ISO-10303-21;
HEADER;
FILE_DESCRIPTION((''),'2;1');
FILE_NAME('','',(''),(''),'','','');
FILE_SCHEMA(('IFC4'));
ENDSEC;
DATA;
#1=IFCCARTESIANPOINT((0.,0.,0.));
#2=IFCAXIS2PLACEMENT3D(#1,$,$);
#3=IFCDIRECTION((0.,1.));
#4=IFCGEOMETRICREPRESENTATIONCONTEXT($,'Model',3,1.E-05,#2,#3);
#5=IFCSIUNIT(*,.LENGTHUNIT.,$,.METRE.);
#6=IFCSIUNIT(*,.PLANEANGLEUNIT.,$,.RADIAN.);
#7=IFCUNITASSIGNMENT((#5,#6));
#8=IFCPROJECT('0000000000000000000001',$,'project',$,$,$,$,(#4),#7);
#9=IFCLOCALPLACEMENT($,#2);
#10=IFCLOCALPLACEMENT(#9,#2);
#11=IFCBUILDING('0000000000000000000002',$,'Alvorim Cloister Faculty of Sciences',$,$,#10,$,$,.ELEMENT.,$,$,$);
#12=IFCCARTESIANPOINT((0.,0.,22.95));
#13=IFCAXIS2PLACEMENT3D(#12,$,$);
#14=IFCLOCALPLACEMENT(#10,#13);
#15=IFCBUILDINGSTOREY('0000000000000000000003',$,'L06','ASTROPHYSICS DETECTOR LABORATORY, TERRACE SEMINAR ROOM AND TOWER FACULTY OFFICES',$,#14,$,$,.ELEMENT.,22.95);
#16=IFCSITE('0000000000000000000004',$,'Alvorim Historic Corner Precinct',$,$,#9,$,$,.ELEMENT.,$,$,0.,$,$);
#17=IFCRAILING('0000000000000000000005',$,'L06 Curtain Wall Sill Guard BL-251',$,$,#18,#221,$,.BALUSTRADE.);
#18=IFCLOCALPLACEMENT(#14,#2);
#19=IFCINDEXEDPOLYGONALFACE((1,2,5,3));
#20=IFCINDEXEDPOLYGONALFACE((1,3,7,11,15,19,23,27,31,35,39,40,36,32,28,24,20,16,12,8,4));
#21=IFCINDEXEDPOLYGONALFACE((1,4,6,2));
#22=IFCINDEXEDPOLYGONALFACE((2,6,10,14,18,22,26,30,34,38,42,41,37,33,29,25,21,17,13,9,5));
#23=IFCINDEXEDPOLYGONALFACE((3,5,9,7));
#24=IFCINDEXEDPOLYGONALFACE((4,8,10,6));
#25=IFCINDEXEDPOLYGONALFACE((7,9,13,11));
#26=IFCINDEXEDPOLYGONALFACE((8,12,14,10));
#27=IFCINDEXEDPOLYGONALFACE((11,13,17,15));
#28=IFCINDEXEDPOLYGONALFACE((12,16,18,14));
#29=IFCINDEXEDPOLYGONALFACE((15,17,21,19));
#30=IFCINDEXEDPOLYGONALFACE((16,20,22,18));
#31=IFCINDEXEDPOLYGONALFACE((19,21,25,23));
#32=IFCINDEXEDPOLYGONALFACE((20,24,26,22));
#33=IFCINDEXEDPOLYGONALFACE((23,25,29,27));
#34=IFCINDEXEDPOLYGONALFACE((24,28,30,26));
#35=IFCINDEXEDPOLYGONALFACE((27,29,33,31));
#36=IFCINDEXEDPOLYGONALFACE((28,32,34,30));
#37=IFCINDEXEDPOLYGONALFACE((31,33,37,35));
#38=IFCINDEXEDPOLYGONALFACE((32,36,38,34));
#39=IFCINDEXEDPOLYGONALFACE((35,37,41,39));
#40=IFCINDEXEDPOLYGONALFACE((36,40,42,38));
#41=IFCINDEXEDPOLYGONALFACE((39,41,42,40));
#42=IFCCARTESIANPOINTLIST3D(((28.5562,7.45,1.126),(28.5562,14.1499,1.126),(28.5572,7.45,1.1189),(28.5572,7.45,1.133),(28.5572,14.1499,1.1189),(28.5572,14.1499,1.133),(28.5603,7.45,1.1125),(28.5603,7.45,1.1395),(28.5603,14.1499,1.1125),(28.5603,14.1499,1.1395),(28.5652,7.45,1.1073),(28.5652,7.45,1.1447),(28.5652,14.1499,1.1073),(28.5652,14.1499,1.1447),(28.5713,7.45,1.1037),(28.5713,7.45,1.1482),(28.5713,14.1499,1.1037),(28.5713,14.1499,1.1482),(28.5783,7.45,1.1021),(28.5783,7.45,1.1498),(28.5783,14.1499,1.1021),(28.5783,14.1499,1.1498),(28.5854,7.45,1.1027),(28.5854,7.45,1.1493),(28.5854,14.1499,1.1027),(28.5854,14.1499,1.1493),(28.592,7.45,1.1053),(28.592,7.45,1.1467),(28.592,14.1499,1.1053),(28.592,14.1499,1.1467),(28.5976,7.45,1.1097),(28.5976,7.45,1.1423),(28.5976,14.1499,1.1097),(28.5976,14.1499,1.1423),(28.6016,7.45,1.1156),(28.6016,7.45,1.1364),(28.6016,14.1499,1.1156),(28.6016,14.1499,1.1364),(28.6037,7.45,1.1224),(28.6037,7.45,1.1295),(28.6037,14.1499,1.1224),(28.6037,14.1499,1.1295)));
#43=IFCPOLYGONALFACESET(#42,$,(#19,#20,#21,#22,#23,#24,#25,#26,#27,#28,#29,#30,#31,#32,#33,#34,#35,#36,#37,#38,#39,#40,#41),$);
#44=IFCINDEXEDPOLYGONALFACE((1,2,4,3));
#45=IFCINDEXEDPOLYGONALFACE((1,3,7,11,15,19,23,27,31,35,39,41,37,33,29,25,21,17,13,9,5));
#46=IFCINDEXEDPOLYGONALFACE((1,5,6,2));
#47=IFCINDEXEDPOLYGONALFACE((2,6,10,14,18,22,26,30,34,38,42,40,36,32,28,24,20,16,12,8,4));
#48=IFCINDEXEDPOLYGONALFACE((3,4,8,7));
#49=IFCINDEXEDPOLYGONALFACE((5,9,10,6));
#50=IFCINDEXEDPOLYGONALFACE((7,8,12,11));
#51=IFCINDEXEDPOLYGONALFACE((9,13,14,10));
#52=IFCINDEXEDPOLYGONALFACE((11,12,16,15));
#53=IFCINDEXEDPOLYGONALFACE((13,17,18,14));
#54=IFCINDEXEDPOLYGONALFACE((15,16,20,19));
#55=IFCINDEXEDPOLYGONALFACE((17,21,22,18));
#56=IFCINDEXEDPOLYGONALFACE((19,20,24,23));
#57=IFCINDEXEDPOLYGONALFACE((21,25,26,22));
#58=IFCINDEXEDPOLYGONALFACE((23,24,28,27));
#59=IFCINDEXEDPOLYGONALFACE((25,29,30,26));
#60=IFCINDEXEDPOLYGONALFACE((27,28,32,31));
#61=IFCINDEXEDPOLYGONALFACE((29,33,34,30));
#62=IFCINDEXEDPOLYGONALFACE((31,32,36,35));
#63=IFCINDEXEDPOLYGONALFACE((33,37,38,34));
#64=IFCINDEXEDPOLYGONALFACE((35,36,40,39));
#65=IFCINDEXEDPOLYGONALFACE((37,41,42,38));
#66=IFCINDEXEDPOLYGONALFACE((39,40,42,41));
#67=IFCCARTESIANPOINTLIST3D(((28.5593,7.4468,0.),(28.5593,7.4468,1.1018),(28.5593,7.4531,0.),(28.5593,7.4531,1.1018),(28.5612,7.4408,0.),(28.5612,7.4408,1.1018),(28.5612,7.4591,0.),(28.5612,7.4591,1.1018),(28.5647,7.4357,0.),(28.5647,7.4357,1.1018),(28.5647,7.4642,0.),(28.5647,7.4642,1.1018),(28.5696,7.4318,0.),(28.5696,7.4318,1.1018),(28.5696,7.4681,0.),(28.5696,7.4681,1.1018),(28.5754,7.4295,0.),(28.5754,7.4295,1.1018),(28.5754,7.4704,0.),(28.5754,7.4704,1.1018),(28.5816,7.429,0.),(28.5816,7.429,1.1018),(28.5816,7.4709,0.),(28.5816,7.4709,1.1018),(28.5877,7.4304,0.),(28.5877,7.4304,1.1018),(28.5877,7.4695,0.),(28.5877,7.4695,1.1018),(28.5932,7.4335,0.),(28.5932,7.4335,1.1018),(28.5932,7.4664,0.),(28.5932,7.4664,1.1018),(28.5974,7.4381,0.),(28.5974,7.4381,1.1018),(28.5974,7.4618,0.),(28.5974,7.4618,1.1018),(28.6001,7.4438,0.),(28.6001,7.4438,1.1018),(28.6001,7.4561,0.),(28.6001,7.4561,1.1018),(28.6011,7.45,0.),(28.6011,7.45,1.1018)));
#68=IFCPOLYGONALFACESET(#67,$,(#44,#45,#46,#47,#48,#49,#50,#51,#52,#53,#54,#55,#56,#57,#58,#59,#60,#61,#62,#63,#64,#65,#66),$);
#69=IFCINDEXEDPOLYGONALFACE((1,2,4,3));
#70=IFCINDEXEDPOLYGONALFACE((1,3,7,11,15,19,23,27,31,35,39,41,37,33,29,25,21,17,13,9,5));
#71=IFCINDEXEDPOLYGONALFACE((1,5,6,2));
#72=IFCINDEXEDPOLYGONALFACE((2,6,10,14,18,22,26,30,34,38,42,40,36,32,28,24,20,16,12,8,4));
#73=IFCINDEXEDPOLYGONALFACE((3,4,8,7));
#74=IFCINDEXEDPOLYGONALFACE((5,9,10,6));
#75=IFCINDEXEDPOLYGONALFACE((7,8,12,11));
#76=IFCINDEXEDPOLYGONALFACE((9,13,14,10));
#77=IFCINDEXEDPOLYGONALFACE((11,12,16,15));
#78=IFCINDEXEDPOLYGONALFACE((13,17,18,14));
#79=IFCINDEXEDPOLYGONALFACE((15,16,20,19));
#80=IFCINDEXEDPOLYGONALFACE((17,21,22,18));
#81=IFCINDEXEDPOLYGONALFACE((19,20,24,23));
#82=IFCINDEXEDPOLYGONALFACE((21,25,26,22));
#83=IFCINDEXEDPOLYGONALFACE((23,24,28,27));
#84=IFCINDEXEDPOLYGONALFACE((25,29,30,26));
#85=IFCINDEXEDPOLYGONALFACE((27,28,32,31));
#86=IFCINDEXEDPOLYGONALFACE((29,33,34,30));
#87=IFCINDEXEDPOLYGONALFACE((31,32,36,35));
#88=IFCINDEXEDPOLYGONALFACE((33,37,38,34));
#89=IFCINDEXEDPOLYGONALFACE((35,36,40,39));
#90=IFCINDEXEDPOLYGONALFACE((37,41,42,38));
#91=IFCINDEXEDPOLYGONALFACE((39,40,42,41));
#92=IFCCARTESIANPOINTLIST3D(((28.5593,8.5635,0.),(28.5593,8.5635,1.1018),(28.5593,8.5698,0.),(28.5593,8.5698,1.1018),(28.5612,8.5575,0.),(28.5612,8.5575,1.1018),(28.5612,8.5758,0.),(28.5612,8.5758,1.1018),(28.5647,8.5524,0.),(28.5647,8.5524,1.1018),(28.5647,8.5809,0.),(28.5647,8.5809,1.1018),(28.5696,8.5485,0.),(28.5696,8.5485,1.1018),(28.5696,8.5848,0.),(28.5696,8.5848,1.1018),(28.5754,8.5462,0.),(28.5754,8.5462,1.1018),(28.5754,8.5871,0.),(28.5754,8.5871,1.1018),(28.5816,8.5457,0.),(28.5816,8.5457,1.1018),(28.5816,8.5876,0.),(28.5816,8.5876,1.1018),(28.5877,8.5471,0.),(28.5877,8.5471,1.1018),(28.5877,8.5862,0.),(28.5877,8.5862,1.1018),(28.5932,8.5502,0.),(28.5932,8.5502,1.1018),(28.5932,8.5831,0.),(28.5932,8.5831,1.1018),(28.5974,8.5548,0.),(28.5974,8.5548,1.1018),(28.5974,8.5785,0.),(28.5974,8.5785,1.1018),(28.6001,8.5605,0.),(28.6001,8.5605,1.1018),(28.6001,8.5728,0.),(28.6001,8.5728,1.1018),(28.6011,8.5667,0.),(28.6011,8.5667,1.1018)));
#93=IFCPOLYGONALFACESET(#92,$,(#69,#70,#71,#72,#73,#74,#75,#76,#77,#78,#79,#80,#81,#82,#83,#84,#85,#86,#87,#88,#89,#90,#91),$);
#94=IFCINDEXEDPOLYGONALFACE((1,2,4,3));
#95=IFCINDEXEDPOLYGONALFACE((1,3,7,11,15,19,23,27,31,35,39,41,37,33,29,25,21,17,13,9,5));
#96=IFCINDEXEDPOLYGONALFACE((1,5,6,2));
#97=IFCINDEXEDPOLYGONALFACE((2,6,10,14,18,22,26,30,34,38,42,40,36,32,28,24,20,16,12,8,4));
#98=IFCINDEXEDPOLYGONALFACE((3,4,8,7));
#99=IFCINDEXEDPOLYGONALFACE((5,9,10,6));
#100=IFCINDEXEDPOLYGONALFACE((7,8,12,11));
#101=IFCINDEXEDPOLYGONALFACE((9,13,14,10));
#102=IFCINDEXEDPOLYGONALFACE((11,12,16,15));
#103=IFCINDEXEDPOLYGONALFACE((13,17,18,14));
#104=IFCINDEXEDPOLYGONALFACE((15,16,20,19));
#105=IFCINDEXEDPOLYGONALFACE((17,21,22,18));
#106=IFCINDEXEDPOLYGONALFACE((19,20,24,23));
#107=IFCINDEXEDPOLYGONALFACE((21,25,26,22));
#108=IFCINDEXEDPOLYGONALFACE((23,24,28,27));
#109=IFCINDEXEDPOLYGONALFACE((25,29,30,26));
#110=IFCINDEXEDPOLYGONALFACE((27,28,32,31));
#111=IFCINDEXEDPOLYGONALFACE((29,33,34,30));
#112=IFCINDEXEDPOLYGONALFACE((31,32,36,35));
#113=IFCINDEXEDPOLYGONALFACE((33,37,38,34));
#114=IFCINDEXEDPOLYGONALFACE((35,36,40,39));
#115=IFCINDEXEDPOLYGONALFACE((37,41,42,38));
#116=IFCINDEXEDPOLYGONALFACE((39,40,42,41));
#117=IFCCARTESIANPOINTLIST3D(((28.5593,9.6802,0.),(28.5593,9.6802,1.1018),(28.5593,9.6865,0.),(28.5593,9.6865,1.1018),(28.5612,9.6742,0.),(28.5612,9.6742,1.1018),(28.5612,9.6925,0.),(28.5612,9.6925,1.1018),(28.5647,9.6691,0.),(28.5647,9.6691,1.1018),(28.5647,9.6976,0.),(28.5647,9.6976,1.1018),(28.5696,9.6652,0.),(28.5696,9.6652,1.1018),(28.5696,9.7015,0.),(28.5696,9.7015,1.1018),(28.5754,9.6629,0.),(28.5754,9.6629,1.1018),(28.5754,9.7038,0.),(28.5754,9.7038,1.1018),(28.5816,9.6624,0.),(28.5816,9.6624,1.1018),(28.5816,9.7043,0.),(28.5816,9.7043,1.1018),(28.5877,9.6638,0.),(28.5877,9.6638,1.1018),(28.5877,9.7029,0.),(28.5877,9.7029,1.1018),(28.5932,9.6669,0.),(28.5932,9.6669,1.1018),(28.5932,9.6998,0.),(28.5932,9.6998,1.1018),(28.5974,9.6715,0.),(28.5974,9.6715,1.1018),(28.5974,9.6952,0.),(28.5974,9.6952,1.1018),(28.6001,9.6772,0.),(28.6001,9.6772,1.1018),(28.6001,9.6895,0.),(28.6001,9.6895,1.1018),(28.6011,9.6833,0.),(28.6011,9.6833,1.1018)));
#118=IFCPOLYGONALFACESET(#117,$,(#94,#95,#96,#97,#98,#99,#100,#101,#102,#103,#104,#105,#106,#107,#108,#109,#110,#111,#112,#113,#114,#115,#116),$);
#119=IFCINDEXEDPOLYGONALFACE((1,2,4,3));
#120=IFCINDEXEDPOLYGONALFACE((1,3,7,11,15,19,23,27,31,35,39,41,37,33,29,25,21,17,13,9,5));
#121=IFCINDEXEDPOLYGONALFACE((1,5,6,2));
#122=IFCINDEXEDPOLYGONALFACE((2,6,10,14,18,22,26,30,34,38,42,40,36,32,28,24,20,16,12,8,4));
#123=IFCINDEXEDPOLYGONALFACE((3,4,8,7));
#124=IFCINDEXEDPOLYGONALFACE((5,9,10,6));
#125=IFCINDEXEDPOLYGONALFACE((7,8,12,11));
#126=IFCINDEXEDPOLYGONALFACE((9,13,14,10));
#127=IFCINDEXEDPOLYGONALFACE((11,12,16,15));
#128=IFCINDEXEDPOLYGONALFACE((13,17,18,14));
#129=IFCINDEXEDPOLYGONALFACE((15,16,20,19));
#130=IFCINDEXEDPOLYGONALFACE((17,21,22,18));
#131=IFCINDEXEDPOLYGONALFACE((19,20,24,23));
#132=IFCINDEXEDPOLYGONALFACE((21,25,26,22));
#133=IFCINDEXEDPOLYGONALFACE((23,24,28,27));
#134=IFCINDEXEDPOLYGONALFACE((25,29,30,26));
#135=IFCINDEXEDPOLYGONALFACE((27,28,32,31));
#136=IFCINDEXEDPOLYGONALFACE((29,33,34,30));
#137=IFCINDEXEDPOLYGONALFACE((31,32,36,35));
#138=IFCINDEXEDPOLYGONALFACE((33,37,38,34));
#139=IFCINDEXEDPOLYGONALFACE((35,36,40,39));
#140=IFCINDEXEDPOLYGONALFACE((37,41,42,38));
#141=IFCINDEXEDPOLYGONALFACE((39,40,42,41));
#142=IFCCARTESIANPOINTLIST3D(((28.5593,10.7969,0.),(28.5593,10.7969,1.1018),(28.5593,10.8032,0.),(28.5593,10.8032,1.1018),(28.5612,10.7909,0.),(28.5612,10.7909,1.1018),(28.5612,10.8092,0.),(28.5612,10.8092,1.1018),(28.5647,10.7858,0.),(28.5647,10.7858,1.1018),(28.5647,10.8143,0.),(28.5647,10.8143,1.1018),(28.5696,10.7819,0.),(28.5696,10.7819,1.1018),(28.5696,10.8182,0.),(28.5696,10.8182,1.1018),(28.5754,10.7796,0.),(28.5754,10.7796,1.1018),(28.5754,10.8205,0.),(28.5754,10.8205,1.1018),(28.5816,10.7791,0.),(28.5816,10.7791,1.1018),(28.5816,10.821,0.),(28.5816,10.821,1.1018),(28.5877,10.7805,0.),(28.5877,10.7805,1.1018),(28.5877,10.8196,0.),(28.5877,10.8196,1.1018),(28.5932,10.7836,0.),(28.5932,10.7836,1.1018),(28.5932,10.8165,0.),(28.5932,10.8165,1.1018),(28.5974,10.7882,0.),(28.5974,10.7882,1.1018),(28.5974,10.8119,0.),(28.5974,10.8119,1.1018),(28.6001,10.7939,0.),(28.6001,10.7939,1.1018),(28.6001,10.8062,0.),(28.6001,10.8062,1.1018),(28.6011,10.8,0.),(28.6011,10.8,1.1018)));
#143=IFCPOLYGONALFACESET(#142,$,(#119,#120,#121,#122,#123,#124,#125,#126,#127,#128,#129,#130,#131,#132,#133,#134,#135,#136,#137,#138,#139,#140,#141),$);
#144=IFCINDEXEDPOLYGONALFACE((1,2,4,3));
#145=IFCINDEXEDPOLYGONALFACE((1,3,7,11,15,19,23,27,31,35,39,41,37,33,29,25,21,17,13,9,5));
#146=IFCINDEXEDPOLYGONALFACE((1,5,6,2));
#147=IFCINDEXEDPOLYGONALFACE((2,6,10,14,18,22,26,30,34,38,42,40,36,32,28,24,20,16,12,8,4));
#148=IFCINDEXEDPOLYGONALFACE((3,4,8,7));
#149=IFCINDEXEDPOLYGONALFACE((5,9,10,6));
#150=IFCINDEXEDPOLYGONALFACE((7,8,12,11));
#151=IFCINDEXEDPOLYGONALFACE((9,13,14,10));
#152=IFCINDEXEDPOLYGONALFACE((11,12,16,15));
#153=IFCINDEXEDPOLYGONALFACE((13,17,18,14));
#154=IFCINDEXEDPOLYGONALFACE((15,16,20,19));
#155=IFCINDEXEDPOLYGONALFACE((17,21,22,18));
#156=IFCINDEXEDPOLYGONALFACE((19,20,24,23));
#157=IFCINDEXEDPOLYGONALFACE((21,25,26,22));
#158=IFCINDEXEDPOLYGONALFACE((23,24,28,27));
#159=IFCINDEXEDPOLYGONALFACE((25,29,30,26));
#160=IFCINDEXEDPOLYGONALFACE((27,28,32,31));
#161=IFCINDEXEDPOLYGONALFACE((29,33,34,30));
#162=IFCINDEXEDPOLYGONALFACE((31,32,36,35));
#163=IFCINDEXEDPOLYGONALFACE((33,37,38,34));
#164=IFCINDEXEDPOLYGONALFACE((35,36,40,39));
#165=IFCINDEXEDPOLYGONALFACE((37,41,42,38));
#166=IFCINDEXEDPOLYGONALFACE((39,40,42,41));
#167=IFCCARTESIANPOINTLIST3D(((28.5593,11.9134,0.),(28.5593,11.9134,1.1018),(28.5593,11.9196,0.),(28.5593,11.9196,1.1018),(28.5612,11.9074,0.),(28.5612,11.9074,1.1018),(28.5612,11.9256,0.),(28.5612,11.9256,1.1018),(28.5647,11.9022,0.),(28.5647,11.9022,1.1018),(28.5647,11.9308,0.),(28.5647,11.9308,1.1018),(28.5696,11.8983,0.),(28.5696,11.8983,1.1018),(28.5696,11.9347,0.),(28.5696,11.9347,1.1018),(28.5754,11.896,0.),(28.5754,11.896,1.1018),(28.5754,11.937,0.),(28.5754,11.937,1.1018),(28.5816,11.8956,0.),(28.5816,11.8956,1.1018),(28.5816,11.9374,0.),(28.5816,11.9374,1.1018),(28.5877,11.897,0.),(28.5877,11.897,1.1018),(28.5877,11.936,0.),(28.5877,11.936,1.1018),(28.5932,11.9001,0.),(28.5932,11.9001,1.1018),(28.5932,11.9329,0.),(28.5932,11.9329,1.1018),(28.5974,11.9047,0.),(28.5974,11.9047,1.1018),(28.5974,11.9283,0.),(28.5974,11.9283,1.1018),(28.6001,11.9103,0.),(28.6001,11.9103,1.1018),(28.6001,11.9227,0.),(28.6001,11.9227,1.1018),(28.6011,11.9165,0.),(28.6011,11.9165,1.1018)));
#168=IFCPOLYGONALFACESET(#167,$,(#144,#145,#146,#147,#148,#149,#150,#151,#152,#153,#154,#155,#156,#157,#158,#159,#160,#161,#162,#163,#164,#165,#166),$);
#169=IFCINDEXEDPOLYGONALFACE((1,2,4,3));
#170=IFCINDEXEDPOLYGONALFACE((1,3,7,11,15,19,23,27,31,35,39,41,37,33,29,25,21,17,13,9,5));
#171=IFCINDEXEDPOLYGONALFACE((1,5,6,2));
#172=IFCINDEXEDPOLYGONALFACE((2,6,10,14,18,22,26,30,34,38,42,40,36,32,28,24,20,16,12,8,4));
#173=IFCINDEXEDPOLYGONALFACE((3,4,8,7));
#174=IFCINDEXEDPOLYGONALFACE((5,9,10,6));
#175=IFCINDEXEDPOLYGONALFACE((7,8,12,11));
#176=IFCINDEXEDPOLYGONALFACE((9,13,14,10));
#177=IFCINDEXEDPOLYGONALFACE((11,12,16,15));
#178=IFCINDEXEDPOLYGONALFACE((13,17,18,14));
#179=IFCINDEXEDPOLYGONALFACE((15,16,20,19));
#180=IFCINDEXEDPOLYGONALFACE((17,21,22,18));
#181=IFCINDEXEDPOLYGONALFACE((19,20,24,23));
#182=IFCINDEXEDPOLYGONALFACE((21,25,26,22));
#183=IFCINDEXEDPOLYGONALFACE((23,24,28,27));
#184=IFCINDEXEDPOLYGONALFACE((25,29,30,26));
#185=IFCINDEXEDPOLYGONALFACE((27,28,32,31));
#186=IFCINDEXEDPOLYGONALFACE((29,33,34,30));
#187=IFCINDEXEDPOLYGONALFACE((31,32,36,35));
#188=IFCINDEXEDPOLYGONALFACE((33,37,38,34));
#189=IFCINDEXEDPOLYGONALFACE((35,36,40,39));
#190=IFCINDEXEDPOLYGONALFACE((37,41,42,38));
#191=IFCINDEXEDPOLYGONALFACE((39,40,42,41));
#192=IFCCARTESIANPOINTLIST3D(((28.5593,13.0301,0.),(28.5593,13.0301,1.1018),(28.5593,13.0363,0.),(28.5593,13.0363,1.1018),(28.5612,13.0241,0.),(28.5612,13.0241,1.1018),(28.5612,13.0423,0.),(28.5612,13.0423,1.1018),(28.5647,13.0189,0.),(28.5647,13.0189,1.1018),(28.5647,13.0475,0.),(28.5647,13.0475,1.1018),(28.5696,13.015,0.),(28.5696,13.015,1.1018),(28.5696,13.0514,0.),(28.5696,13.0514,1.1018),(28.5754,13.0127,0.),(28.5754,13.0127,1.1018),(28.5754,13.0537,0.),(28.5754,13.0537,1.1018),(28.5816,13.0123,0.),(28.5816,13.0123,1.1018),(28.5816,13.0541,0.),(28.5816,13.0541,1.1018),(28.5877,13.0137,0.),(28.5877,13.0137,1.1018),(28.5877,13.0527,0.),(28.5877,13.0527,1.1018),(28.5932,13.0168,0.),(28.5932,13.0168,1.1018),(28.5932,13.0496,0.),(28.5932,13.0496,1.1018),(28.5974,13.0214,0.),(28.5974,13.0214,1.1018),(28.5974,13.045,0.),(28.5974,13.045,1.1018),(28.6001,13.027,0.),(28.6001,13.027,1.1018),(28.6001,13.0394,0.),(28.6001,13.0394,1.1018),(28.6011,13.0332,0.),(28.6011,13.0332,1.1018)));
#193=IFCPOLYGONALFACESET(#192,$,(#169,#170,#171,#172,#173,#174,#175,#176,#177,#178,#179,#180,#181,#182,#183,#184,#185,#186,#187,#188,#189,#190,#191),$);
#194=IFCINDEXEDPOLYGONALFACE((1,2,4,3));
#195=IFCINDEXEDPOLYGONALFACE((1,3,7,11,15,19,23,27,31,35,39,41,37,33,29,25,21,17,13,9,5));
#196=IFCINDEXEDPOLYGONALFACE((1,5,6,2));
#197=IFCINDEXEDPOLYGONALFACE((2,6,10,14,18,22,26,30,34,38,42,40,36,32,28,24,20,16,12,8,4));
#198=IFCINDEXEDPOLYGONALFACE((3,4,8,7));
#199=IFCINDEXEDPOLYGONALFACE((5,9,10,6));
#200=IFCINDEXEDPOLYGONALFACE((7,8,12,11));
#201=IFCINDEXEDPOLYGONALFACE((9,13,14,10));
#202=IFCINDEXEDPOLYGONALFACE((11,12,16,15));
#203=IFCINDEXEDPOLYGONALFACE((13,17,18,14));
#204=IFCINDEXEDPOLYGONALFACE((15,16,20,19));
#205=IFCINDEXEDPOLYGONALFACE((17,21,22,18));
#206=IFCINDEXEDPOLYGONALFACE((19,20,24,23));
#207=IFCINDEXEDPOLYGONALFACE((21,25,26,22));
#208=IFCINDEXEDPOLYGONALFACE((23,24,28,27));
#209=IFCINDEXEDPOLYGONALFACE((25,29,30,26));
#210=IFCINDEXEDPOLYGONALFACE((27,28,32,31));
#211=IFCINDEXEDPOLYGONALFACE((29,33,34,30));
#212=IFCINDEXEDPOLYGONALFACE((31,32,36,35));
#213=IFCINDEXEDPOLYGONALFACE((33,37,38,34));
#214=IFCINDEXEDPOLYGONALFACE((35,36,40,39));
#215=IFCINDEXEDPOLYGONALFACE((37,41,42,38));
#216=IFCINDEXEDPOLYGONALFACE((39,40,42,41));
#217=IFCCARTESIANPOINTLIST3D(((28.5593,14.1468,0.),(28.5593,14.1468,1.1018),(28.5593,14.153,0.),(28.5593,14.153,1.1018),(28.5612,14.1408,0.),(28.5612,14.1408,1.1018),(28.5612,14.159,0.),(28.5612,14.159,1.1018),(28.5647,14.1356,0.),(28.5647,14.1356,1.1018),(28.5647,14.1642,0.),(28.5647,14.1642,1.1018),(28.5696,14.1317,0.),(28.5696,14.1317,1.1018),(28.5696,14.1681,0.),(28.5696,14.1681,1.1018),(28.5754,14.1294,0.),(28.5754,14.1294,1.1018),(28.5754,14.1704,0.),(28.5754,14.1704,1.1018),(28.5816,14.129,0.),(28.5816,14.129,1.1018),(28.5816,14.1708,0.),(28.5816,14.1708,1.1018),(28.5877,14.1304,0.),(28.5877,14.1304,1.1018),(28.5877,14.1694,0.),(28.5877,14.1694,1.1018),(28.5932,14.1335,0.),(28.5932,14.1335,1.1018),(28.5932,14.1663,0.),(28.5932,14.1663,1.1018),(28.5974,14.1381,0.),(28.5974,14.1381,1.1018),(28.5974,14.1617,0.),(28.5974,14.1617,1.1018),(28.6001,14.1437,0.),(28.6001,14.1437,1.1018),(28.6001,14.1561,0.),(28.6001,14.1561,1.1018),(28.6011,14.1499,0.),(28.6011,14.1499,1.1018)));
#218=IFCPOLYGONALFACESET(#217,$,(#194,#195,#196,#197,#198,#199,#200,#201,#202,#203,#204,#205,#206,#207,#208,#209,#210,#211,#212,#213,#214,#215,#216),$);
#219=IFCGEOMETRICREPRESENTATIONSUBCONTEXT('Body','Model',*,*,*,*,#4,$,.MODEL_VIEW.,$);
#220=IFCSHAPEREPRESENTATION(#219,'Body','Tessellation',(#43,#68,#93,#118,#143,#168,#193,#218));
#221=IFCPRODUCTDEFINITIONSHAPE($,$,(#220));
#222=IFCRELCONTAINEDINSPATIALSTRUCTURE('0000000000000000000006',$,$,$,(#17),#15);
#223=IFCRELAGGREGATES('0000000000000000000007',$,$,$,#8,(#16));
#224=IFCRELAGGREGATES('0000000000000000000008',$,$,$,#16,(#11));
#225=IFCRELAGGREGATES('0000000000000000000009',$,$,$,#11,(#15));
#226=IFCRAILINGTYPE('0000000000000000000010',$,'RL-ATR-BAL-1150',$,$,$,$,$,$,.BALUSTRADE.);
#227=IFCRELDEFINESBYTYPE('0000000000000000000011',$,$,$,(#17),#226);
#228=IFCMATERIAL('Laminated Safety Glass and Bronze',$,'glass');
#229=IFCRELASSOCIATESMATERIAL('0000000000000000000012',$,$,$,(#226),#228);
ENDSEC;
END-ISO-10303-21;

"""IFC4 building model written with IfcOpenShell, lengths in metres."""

from ifc_helpers import new_model, si_unit, direction, frame, origin, origin_2d, place, context, subcontext, project, spatial, circle, extrude, material, type_object, element, save


model = new_model("IFC4")

# Units and contexts
model_context = context("Model", 3, precision=1e-05, world=origin(), true_north=direction((0.0, 1.0)))
body_context = subcontext(model_context, "Body", "Model", "MODEL_VIEW")
ifc_project = project(units=[si_unit("LENGTHUNIT", "METRE"), si_unit("PLANEANGLEUNIT", "RADIAN")], contexts=[model_context])

# Site, building, storey
site_placement = place(None, origin())
site = spatial("IfcSite", under=ifc_project, at=site_placement, Name="Alvorim Historic Corner Precinct", CompositionType="ELEMENT", RefElevation=0.0)
building_placement = place(site_placement, origin())
building = spatial("IfcBuilding", under=site, at=building_placement, Name="Alvorim Cloister Faculty of Sciences", CompositionType="ELEMENT")
storey_placement = place(building_placement, frame((0.0, 0.0, 22.95)))
storey = spatial("IfcBuildingStorey", under=building, at=storey_placement, Name="L06", Description="ASTROPHYSICS DETECTOR LABORATORY, TERRACE SEMINAR ROOM AND TOWER FACULTY OFFICES", CompositionType="ELEMENT", Elevation=22.95)

# Railing
ifc_material_1 = material(Name="Laminated Safety Glass and Bronze", Category="glass")
railing_type = type_object("IfcRailingType", Name="RL-ATR-BAL-1150", PredefinedType="BALUSTRADE", material=ifc_material_1)
railing_placement = place(storey_placement, frame((28.5801, 7.45, 0.0)))
element("IfcRailing", 1, at=railing_placement, inside=storey, type_object=railing_type, Name="L06 Curtain Wall Sill Guard BL-251", PredefinedType="BALUSTRADE", context=body_context, shape_type="SweptSolid", body=[
    extrude(circle(Radius=0.0239, at=origin_2d()), frame((0.0, 0.0, 1.126), z_axis=(0.0, 1.0, 0.0), x_axis=(-1.0, 0.0, 0.0)), (0.0, 0.0, 1.0), 6.7),
    extrude(circle(Radius=0.021, at=origin_2d()), origin(), (0.0, 0.0, 1.0), 1.1018),
    extrude(circle(Radius=0.021, at=origin_2d()), frame((0.0, 1.1167, 0.0)), (0.0, 0.0, 1.0), 1.1018),
    extrude(circle(Radius=0.021, at=origin_2d()), frame((0.0, 2.2334, 0.0)), (0.0, 0.0, 1.0), 1.1018),
    extrude(circle(Radius=0.021, at=origin_2d()), frame((0.0, 3.3501, 0.0)), (0.0, 0.0, 1.0), 1.1018),
    extrude(circle(Radius=0.021, at=origin_2d()), frame((0.0, 4.4666, 0.0)), (0.0, 0.0, 1.0), 1.1018),
    extrude(circle(Radius=0.021, at=origin_2d()), frame((0.0, 5.5833, 0.0)), (0.0, 0.0, 1.0), 1.1018),
    extrude(circle(Radius=0.021, at=origin_2d()), frame((0.0, 6.7, 0.0)), (0.0, 0.0, 1.0), 1.1018),
])

save(model, "model.ifc")
